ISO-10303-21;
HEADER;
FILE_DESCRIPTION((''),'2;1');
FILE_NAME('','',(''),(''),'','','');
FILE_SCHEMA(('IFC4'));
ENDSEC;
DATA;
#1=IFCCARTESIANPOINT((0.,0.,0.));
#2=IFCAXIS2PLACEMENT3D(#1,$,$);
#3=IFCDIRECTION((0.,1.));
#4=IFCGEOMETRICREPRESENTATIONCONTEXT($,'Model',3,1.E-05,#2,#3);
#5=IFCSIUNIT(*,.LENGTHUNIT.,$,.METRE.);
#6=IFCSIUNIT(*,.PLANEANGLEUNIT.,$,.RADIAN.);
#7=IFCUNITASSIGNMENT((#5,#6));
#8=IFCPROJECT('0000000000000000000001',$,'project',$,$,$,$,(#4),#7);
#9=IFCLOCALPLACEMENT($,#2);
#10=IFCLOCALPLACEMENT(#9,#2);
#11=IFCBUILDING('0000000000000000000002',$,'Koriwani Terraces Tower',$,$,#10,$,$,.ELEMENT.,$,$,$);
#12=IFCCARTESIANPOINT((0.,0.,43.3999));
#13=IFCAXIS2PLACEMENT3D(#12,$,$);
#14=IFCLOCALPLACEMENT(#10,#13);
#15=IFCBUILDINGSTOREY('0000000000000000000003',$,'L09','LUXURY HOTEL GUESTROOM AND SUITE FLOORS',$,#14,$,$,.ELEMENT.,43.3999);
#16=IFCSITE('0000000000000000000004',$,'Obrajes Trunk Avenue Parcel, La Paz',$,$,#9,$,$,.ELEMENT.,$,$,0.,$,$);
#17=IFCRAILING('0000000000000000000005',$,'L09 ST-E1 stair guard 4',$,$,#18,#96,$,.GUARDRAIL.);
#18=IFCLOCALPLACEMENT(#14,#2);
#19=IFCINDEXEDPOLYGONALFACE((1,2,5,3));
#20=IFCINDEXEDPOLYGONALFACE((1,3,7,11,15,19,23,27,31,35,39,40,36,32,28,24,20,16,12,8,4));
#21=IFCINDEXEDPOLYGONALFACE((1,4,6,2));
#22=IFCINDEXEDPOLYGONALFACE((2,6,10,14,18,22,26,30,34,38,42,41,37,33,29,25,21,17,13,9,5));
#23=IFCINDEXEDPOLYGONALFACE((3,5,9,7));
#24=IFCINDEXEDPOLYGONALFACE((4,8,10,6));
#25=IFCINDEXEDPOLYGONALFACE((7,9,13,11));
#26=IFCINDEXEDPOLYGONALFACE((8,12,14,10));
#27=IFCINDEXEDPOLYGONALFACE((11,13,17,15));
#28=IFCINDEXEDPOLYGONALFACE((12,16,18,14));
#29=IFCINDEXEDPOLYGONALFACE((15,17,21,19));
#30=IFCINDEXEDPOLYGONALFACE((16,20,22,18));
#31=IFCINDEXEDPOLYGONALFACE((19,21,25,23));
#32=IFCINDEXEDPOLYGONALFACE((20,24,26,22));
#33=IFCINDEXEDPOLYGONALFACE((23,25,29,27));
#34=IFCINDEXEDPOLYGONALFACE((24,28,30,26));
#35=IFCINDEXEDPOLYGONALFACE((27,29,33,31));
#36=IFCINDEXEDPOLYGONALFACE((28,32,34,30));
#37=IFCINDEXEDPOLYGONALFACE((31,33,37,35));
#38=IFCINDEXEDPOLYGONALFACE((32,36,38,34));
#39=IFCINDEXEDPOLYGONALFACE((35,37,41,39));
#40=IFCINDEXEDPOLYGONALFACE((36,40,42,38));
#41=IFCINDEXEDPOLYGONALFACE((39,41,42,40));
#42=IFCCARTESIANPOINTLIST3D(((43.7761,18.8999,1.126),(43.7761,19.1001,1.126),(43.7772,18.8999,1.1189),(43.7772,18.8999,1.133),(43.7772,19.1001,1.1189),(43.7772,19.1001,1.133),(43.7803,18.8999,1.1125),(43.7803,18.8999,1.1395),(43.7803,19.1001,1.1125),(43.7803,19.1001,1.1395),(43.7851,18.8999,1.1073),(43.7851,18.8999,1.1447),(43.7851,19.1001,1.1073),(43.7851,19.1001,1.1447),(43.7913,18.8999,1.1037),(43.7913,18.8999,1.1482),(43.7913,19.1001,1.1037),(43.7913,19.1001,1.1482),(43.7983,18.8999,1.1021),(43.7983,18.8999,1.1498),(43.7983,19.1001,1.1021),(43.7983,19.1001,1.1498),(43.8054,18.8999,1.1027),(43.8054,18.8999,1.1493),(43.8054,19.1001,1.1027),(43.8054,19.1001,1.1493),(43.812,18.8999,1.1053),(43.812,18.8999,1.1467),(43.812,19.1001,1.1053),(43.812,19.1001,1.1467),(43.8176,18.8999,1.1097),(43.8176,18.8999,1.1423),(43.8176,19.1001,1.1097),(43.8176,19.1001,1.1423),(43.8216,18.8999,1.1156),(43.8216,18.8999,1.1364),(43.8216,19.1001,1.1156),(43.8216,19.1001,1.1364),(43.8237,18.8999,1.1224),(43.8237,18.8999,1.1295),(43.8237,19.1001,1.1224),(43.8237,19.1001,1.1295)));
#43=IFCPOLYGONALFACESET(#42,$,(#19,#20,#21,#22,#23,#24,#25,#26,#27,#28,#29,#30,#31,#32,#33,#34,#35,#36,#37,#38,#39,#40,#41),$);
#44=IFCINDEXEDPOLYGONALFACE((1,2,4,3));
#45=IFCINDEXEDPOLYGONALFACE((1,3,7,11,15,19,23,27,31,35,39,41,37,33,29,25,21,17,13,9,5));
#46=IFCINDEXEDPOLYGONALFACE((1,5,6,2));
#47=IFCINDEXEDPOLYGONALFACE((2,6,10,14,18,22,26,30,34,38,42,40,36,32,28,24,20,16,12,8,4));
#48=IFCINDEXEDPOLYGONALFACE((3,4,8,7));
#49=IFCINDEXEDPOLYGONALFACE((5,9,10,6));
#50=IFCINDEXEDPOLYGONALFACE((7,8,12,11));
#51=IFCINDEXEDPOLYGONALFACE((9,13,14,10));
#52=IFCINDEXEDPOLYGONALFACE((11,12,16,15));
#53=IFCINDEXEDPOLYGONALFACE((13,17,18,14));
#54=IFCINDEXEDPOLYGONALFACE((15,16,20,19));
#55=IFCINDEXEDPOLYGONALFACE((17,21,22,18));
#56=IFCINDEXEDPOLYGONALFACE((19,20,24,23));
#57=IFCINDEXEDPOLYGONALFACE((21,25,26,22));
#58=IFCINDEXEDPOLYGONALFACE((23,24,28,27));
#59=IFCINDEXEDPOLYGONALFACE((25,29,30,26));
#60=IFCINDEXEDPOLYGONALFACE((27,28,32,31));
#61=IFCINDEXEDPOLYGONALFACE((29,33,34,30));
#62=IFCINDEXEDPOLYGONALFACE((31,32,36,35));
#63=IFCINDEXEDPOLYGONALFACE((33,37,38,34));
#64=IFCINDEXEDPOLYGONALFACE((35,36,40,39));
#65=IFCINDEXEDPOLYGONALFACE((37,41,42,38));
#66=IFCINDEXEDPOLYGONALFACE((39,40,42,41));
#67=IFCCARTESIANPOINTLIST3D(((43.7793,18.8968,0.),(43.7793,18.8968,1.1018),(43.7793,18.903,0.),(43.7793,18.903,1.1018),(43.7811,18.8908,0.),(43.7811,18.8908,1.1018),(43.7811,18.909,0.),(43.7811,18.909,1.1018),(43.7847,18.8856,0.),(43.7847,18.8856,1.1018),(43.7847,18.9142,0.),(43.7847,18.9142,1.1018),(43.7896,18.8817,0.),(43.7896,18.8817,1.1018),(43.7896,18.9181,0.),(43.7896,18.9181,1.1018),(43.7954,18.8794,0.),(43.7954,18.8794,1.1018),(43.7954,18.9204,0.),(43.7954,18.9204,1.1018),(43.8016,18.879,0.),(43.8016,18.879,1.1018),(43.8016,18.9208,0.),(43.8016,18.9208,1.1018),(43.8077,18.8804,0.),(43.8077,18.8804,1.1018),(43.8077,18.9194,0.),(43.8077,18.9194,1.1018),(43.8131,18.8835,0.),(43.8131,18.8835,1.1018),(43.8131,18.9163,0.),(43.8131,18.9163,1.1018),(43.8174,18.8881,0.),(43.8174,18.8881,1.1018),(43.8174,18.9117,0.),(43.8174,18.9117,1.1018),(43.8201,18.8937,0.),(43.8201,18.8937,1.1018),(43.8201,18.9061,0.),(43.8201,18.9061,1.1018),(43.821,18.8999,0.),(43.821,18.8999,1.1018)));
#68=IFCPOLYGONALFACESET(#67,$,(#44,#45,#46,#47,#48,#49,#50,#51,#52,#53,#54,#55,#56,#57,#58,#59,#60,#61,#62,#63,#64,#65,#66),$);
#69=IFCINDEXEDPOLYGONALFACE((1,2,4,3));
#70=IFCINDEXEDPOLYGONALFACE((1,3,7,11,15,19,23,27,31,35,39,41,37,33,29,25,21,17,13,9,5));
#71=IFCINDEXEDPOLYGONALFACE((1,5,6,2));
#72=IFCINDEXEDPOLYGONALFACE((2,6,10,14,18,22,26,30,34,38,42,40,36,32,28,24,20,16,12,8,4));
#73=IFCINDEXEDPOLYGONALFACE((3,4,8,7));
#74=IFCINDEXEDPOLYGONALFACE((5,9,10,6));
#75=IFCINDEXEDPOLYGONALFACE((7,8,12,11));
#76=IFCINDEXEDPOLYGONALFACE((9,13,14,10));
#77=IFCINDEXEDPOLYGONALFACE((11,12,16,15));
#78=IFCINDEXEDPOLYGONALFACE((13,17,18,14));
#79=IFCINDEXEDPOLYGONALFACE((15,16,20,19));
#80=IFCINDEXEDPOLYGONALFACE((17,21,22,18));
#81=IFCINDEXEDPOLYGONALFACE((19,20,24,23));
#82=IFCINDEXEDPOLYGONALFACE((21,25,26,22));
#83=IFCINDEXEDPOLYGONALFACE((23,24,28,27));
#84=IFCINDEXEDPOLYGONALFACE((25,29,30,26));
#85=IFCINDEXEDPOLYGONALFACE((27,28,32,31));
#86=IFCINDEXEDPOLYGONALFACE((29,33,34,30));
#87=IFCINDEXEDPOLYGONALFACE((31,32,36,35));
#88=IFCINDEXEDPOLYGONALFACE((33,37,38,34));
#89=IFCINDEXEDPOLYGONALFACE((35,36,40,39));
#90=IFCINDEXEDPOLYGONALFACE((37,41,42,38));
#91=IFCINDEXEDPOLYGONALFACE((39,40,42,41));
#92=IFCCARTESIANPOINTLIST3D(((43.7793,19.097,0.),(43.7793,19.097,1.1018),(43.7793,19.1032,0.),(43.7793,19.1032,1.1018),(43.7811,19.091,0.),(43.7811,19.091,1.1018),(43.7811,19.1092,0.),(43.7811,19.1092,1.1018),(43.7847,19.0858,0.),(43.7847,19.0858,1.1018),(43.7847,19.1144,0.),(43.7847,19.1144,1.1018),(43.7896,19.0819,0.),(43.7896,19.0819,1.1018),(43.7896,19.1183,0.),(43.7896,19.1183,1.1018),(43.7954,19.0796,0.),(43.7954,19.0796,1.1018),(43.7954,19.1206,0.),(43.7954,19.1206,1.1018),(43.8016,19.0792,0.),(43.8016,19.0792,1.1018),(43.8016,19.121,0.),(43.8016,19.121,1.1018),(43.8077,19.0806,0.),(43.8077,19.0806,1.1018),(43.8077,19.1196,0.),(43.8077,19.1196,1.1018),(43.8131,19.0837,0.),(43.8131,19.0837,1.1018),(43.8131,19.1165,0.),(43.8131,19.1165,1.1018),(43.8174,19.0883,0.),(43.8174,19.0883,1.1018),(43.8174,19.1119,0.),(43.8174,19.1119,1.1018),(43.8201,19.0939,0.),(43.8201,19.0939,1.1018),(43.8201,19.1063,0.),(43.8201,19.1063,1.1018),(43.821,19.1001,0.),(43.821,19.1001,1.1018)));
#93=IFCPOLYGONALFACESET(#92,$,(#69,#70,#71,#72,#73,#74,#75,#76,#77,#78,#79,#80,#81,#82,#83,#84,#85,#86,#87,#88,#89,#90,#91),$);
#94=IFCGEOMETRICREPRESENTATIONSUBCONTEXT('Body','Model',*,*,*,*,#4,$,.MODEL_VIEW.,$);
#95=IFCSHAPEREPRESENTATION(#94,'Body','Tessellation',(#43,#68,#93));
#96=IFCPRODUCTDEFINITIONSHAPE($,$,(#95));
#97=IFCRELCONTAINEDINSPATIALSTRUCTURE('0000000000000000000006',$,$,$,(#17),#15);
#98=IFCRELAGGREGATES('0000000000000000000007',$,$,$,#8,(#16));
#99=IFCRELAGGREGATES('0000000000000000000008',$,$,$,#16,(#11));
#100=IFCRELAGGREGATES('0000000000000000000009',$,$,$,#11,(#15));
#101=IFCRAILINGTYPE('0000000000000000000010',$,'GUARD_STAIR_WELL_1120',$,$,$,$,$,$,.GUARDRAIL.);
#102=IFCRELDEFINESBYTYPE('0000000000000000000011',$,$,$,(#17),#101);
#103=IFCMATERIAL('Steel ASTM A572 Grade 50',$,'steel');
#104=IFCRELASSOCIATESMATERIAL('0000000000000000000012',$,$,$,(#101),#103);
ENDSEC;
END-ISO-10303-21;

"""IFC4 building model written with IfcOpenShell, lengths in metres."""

from ifc_helpers import new_model, si_unit, direction, frame, origin, origin_2d, place, context, subcontext, project, spatial, circle, extrude, material, type_object, element, save


model = new_model("IFC4")

# Units and contexts
model_context = context("Model", 3, precision=1e-05, world=origin(), true_north=direction((0.0, 1.0)))
body_context = subcontext(model_context, "Body", "Model", "MODEL_VIEW")
ifc_project = project(units=[si_unit("LENGTHUNIT", "METRE"), si_unit("PLANEANGLEUNIT", "RADIAN")], contexts=[model_context])

# Site, building, storey
site_placement = place(None, origin())
site = spatial("IfcSite", under=ifc_project, at=site_placement, Name="Obrajes Trunk Avenue Parcel, La Paz", CompositionType="ELEMENT", RefElevation=0.0)
building_placement = place(site_placement, origin())
building = spatial("IfcBuilding", under=site, at=building_placement, Name="Koriwani Terraces Tower", CompositionType="ELEMENT")
storey_placement = place(building_placement, frame((0.0, 0.0, 43.3999)))
storey = spatial("IfcBuildingStorey", under=building, at=storey_placement, Name="L09", Description="LUXURY HOTEL GUESTROOM AND SUITE FLOORS", CompositionType="ELEMENT", Elevation=43.3999)

# Shared definitions
ifc_material_1 = material(Name="Steel ASTM A572 Grade 50", Category="steel")

# Railing
railing_type_1 = type_object("IfcRailingType", Name="GUARD_STAIR_WELL_1120", PredefinedType="GUARDRAIL", material=ifc_material_1)
railing_1_placement = place(storey_placement, frame((43.8, 18.8999, 0.0)))
element("IfcRailing", 1, at=railing_1_placement, inside=storey, type_object=railing_type_1, Name="L09 ST-E1 stair guard 4", PredefinedType="GUARDRAIL", context=body_context, shape_type="SweptSolid", body=[
    extrude(circle(Radius=0.0239, at=origin_2d()), frame((0.0, 0.0, 1.126), z_axis=(0.0, 1.0, 0.0), x_axis=(-1.0, 0.0, 0.0)), (0.0, 0.0, 1.0), 0.2002),
    extrude(circle(Radius=0.021, at=origin_2d()), origin(), (0.0, 0.0, 1.0), 1.1018),
    extrude(circle(Radius=0.021, at=origin_2d()), frame((0.0, 0.2002, 0.0)), (0.0, 0.0, 1.0), 1.1018),
])

save(model, "model.ifc")
